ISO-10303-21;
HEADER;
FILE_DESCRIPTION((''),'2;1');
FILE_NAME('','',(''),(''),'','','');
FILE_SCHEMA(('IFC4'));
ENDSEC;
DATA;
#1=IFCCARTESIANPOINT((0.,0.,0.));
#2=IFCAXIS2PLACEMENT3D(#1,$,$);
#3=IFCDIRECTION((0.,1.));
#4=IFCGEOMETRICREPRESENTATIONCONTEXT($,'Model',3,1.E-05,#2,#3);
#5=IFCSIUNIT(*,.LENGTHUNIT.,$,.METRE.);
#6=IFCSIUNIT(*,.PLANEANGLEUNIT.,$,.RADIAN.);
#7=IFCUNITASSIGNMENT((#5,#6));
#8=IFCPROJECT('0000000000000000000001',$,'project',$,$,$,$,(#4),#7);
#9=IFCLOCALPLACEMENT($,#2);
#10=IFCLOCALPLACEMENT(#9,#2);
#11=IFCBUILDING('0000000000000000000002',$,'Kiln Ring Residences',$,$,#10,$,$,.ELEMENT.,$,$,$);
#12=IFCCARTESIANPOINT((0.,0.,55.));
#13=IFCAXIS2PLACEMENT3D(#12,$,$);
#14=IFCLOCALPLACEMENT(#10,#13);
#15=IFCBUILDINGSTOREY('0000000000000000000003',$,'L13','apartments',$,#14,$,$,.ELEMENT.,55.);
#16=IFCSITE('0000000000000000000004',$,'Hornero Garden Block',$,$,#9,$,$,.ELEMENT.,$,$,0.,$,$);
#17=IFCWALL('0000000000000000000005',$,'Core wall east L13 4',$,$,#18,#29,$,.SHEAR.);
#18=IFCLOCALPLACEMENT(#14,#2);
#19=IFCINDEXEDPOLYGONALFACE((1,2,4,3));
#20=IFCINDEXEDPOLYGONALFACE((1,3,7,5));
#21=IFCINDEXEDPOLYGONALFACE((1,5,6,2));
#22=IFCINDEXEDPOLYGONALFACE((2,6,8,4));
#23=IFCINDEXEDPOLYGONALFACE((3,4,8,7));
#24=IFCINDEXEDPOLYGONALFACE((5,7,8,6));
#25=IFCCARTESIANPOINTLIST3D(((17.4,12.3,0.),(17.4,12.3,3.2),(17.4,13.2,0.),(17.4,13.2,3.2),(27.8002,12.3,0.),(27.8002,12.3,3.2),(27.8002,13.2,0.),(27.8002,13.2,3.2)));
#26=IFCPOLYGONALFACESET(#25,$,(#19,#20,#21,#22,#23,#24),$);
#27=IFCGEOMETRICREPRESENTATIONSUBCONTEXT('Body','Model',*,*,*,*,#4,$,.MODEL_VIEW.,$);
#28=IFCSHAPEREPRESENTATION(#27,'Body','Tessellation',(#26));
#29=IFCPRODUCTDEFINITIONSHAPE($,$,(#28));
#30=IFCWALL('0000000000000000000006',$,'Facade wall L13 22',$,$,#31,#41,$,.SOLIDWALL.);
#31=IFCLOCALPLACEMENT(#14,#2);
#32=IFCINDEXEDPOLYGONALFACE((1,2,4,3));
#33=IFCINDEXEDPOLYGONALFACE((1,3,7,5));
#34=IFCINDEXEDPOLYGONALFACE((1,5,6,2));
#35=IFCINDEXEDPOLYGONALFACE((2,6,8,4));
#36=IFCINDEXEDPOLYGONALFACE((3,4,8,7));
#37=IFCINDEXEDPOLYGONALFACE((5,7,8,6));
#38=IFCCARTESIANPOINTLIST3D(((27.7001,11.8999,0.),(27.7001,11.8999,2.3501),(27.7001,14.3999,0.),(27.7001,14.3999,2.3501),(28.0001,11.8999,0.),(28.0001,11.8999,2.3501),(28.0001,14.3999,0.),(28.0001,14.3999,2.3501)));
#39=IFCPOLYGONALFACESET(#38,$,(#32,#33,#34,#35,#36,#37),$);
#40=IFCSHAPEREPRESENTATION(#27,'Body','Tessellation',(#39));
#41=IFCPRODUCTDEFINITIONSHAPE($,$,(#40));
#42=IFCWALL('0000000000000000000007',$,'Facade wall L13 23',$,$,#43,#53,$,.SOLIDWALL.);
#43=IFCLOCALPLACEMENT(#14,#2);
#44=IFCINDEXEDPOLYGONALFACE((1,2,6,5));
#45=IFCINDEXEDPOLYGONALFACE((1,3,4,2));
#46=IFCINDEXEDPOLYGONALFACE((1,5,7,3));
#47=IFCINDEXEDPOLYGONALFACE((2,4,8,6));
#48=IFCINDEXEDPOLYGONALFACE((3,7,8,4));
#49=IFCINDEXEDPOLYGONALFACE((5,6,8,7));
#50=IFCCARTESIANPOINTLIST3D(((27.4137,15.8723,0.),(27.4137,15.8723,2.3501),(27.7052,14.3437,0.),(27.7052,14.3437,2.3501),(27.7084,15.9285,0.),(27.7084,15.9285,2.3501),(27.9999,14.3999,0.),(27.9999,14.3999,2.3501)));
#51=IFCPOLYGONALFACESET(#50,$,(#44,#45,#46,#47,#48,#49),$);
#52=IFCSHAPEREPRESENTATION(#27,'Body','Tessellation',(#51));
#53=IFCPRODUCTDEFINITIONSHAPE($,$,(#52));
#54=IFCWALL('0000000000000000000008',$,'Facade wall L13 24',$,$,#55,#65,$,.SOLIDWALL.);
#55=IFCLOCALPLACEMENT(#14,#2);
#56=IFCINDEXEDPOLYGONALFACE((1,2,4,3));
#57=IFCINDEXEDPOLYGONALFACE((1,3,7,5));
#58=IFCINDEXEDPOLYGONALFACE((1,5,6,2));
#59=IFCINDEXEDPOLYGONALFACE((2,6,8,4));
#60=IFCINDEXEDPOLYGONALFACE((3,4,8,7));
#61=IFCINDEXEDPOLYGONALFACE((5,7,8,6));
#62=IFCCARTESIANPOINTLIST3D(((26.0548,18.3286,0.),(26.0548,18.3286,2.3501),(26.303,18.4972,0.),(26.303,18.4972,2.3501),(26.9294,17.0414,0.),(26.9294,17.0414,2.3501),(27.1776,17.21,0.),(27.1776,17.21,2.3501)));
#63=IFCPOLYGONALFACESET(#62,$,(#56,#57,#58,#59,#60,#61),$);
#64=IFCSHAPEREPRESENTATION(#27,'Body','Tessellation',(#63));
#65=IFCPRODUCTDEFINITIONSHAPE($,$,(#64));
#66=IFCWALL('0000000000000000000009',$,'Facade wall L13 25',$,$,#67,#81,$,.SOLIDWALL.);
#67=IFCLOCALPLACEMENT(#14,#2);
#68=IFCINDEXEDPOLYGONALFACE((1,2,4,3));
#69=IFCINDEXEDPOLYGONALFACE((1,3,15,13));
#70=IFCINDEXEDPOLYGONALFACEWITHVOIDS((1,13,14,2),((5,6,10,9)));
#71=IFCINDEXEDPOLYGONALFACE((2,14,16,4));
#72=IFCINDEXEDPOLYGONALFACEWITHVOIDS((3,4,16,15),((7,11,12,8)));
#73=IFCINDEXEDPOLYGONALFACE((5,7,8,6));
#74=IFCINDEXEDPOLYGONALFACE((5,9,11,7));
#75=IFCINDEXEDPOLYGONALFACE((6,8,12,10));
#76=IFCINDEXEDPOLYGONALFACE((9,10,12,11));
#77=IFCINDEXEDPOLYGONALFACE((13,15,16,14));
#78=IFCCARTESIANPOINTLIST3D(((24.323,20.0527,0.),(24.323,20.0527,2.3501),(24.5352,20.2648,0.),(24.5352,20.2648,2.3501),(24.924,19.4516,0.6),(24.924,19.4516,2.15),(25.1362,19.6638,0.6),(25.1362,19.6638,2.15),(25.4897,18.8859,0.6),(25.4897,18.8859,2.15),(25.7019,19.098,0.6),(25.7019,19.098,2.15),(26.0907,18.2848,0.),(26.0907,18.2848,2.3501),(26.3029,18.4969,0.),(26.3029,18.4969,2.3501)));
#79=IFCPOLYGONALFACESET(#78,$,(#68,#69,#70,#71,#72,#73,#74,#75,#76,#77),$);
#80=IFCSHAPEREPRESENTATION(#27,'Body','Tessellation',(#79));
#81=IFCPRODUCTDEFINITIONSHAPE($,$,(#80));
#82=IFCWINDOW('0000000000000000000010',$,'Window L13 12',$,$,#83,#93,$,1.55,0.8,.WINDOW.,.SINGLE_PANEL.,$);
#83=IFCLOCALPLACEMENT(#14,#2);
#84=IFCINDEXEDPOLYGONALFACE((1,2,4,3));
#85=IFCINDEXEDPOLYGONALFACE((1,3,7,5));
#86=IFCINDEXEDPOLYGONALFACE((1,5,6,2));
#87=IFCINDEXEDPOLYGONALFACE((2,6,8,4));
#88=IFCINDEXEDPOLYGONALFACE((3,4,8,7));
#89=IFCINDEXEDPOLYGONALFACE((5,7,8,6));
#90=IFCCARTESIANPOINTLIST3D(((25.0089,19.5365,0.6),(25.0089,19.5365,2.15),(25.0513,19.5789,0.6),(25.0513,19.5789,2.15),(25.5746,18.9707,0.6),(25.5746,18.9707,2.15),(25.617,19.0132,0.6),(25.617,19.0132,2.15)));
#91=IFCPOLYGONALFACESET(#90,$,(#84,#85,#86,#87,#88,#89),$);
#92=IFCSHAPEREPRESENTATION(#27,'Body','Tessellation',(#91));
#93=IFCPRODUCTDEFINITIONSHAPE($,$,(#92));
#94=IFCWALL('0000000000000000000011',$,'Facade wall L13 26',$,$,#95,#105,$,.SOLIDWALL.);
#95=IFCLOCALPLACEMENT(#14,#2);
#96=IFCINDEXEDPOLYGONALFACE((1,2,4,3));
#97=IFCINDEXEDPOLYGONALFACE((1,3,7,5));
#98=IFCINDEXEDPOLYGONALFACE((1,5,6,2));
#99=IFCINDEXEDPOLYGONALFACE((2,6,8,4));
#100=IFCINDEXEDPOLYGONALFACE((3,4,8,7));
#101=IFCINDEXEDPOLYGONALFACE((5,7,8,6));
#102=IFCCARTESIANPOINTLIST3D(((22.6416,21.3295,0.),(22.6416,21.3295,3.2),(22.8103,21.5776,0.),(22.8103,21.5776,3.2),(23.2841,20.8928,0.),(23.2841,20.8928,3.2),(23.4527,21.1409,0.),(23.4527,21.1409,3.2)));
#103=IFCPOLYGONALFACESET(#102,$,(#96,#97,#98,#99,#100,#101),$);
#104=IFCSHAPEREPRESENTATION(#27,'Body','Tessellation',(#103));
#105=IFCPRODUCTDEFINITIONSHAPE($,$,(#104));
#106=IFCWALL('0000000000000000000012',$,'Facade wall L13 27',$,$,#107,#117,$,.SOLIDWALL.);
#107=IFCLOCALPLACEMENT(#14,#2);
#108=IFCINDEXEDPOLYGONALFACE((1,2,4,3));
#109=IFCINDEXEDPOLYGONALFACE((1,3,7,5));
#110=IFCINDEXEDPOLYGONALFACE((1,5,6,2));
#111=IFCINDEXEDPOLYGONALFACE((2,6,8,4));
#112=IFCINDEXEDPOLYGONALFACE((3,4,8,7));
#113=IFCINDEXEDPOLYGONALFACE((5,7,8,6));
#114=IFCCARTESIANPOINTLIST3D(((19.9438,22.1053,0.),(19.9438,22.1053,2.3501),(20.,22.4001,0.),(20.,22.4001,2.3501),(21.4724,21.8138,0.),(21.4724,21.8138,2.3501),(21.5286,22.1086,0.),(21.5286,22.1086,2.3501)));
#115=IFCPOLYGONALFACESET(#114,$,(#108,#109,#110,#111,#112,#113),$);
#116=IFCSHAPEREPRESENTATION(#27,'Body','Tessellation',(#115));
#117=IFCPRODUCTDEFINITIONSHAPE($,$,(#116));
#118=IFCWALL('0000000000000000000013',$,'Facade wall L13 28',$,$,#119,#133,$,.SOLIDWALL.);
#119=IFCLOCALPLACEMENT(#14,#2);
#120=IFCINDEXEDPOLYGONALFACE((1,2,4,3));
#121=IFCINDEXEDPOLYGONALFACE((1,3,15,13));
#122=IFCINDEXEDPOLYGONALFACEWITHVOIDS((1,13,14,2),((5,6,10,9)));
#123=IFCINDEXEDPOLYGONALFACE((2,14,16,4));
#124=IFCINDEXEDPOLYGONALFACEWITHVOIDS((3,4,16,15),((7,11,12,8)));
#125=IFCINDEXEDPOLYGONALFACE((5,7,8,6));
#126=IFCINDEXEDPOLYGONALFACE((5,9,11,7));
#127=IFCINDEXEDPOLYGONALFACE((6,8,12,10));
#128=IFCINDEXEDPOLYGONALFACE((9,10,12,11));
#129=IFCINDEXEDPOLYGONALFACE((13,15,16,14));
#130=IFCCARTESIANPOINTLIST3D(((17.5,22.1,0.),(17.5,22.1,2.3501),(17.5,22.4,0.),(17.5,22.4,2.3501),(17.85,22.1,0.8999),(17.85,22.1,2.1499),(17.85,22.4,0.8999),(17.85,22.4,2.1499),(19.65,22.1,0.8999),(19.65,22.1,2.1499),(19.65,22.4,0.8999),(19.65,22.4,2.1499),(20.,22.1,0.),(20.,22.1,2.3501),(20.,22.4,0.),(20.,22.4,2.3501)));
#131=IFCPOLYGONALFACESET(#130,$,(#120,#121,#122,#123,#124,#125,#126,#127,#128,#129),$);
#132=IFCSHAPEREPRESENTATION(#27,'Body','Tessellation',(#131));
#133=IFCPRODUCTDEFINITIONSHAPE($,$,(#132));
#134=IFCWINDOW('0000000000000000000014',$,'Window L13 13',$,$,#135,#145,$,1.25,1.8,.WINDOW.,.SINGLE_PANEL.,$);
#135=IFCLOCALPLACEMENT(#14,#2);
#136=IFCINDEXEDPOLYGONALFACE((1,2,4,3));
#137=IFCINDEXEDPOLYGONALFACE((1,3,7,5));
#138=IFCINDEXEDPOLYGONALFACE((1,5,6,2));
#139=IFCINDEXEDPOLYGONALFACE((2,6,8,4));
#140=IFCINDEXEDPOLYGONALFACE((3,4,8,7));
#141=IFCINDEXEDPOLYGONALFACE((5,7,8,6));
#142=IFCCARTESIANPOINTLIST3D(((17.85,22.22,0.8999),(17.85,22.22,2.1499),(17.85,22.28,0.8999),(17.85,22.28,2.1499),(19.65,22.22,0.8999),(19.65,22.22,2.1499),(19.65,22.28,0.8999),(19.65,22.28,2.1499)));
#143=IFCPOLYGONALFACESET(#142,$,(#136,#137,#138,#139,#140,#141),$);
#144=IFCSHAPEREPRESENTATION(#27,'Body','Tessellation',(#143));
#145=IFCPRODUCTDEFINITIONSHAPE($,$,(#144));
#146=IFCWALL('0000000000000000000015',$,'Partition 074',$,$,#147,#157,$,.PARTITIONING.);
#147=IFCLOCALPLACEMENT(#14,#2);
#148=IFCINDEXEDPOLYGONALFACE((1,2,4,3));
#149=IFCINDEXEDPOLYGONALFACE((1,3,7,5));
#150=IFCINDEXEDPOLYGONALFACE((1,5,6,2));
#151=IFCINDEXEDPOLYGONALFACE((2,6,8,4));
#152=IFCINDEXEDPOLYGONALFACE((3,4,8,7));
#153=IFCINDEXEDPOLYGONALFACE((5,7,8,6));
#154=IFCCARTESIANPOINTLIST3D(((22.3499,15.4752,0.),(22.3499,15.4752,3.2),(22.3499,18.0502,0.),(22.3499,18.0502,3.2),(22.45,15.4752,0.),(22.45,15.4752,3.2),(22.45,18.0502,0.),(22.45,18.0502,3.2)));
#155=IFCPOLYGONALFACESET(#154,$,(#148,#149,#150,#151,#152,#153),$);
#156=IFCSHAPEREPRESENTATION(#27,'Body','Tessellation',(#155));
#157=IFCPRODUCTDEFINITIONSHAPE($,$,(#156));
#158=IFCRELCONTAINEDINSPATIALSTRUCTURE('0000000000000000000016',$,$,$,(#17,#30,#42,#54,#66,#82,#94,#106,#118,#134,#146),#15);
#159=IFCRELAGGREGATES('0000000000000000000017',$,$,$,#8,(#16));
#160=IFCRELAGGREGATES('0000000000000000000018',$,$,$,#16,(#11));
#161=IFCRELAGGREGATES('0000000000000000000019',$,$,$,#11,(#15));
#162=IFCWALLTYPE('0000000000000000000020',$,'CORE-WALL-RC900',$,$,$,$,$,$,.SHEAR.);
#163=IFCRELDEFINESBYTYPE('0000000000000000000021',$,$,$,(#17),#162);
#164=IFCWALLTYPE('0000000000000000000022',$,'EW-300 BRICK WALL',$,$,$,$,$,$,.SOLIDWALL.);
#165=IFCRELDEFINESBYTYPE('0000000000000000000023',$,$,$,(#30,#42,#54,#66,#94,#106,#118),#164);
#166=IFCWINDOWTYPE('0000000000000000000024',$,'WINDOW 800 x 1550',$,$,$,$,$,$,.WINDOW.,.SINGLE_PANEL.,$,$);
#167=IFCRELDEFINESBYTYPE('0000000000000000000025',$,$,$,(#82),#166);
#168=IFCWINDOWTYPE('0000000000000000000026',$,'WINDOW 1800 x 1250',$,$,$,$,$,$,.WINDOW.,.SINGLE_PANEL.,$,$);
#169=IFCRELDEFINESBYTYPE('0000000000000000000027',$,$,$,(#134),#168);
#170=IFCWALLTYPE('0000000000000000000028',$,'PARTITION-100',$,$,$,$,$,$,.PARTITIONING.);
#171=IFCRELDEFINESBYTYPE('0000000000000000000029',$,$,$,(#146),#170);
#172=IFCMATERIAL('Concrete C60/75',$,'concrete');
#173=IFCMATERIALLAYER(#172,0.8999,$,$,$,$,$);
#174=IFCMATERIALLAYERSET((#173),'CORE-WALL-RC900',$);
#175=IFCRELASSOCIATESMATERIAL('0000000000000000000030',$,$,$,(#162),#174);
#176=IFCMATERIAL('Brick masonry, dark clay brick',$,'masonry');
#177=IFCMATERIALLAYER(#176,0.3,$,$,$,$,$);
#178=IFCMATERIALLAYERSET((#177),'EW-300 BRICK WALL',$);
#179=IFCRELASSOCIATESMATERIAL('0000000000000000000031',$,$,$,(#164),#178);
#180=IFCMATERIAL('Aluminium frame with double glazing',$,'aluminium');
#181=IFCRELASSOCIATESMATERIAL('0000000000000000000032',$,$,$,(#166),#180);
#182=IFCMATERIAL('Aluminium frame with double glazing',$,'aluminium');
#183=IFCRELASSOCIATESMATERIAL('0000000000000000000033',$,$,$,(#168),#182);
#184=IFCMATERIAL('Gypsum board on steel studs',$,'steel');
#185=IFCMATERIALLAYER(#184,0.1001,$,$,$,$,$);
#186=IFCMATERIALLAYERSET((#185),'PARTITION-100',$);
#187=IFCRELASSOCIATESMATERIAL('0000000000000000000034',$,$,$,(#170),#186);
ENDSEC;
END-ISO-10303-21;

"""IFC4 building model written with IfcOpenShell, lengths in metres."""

from ifc_helpers import new_model, si_unit, direction, frame, frame_2d, origin, place, context, subcontext, project, spatial, rectangle, extrude, material, layer, layer_set, type_object, element, fill, save


model = new_model("IFC4")

# Units and contexts
model_context = context("Model", 3, precision=1e-05, world=origin(), true_north=direction((0.0, 1.0)))
body_context = subcontext(model_context, "Body", "Model", "MODEL_VIEW")
ifc_project = project(units=[si_unit("LENGTHUNIT", "METRE"), si_unit("PLANEANGLEUNIT", "RADIAN")], contexts=[model_context])

# Site, building, storey
site_placement = place(None, origin())
site = spatial("IfcSite", under=ifc_project, at=site_placement, Name="Hornero Garden Block", CompositionType="ELEMENT", RefElevation=0.0)
building_placement = place(site_placement, origin())
building = spatial("IfcBuilding", under=site, at=building_placement, Name="Kiln Ring Residences", CompositionType="ELEMENT")
storey_placement = place(building_placement, frame((0.0, 0.0, 55.0)))
storey = spatial("IfcBuildingStorey", under=building, at=storey_placement, Name="L13", Description="apartments", CompositionType="ELEMENT", Elevation=55.0)

# Walls
ifc_material_1 = material(Name="Concrete C60/75", Category="concrete")
ifc_layer_1 = layer(ifc_material_1, 0.8999)
ifc_layer_set_1 = layer_set([ifc_layer_1], Name="CORE-WALL-RC900")
wall_type_1 = type_object("IfcWallType", Name="CORE-WALL-RC900", PredefinedType="SHEAR", material=ifc_layer_set_1)
wall_1_placement = place(storey_placement, frame((17.3999, 12.75, 0.0), z_axis=(0.0, 0.0, 1.0), x_axis=(1.0, 0.0, 0.0)))
element("IfcWall", 1, at=wall_1_placement, inside=storey, type_object=wall_type_1, Name="Core wall east L13 4", PredefinedType="SHEAR", context=body_context, shape_type="SweptSolid", body=[
    extrude(rectangle(XDim=10.4001, YDim=0.8999, at=frame_2d((5.2002, 0.0))), origin(), (0.0, 0.0, 1.0), 3.2),
])
ifc_material_2 = material(Name="Brick masonry, dark clay brick", Category="masonry")
ifc_layer_2 = layer(ifc_material_2, 0.3)
ifc_layer_set_2 = layer_set([ifc_layer_2], Name="EW-300 BRICK WALL")
wall_type_2 = type_object("IfcWallType", Name="EW-300 BRICK WALL", PredefinedType="SOLIDWALL", material=ifc_layer_set_2)
wall_2_placement = place(storey_placement, frame((27.8501, 11.8999, 0.0), z_axis=(0.0, 0.0, 1.0), x_axis=(0.0, 1.0, 0.0)))
element("IfcWall", 2, at=wall_2_placement, inside=storey, type_object=wall_type_2, Name="Facade wall L13 22", PredefinedType="SOLIDWALL", context=body_context, shape_type="SweptSolid", body=[
    extrude(rectangle(XDim=2.5, YDim=0.3, at=frame_2d((1.25, 0.0))), origin(), (0.0, 0.0, 1.0), 2.3501),
])
for number, where, z_axis, x_axis, name in (
    (3, (27.8525, 14.3718, 0.0), (0.0, 0.0, 1.0), (-0.187328, 0.982297, 0.0), "Facade wall L13 23"),
    (4, (27.0535, 17.1257, 0.0), (0.0, 0.0, 1.0), (-0.561992, 0.827142, 0.0), "Facade wall L13 24"),
):
    element("IfcWall", number, at=place(storey_placement, frame(where, z_axis=z_axis, x_axis=x_axis)), inside=storey, type_object=wall_type_2, Name=name, PredefinedType="SOLIDWALL", context=body_context, shape_type="SweptSolid", body=[
        extrude(rectangle(XDim=1.5562, YDim=0.3, at=frame_2d((0.7781, 0.0))), origin(), (0.0, 0.0, 1.0), 2.3501),
    ])

# Wall, opening, window
wall_3_placement = place(storey_placement, frame((26.1968, 18.3909, 0.0), z_axis=(0.0, 0.0, 1.0), x_axis=(-0.707058, 0.707156, 0.0)))
wall_3 = element("IfcWall", 5, at=wall_3_placement, inside=storey, type_object=wall_type_2, Name="Facade wall L13 25", PredefinedType="SOLIDWALL", context=body_context, shape_type="SweptSolid", body=[
    extrude(rectangle(XDim=2.5, YDim=0.3, at=frame_2d((1.25, 0.0))), origin(), (0.0, 0.0, 1.0), 2.3501),
])
opening_1_placement = place(wall_3_placement, frame((0.8501, 0.0, 0.6001)))
opening_1 = element("IfcOpeningElement", 6, at=opening_1_placement, cuts=wall_3, PredefinedType="OPENING", context=body_context, shape_type="SweptSolid", body=[
    extrude(rectangle(XDim=0.8, YDim=1.55, at=frame_2d((0.3999, 0.7749))), frame((0.0, 0.1599, 0.0), z_axis=(0.0, -1.0, 0.0), x_axis=(1.0, 0.0, 0.0)), (0.0, 0.0, 1.0), 0.3201),
])
ifc_material_3 = material(Name="Aluminium frame with double glazing", Category="aluminium")
window_type_1 = type_object("IfcWindowType", Name="WINDOW 800 x 1550", PartitioningType="SINGLE_PANEL", PredefinedType="WINDOW", material=ifc_material_3)
window_1_placement = place(opening_1_placement, origin())
window_1 = element("IfcWindow", 7, at=window_1_placement, inside=storey, type_object=window_type_1, Name="Window L13 12", OverallHeight=1.55, OverallWidth=0.8, PartitioningType="SINGLE_PANEL", PredefinedType="WINDOW", context=body_context, shape_type="SweptSolid", body=[
    extrude(rectangle(XDim=0.8, YDim=1.55, at=frame_2d((0.3999, 0.7749))), frame((0.0, 0.03, 0.0), z_axis=(0.0, -1.0, 0.0), x_axis=(1.0, 0.0, 0.0)), (0.0, 0.0, 1.0), 0.0601),
])
fill(opening_1, window_1)

# Walls
wall_4_placement = place(storey_placement, frame((23.3684, 21.0168, 0.0), z_axis=(0.0, 0.0, 1.0), x_axis=(-0.827038, 0.562147, 0.0)))
element("IfcWall", 8, at=wall_4_placement, inside=storey, type_object=wall_type_2, Name="Facade wall L13 26", PredefinedType="SOLIDWALL", context=body_context, shape_type="SweptSolid", body=[
    extrude(rectangle(XDim=0.7769, YDim=0.3, at=frame_2d((0.3884, 0.0))), origin(), (0.0, 0.0, 1.0), 3.2),
])
wall_5_placement = place(storey_placement, frame((21.5005, 21.9612, 0.0), z_axis=(0.0, 0.0, 1.0), x_axis=(-0.982297, 0.187328, 0.0)))
element("IfcWall", 9, at=wall_5_placement, inside=storey, type_object=wall_type_2, Name="Facade wall L13 27", PredefinedType="SOLIDWALL", context=body_context, shape_type="SweptSolid", body=[
    extrude(rectangle(XDim=1.5562, YDim=0.3, at=frame_2d((0.7781, 0.0))), origin(), (0.0, 0.0, 1.0), 2.3501),
])

# Wall, opening, window
wall_6_placement = place(storey_placement, frame((20.0, 22.25, 0.0), z_axis=(0.0, 0.0, 1.0), x_axis=(-1.0, 0.0, 0.0)))
wall_6 = element("IfcWall", 10, at=wall_6_placement, inside=storey, type_object=wall_type_2, Name="Facade wall L13 28", PredefinedType="SOLIDWALL", context=body_context, shape_type="SweptSolid", body=[
    extrude(rectangle(XDim=2.5, YDim=0.3, at=frame_2d((1.25, 0.0))), origin(), (0.0, 0.0, 1.0), 2.3501),
])
opening_2_placement = place(wall_6_placement, frame((0.3501, 0.0, 0.8999)))
opening_2 = element("IfcOpeningElement", 11, at=opening_2_placement, cuts=wall_6, PredefinedType="OPENING", context=body_context, shape_type="SweptSolid", body=[
    extrude(rectangle(XDim=1.8, YDim=1.25, at=frame_2d((0.8999, 0.625))), frame((0.0, 0.1599, 0.0), z_axis=(0.0, -1.0, 0.0), x_axis=(1.0, 0.0, 0.0)), (0.0, 0.0, 1.0), 0.3201),
])
ifc_material_4 = material(Name="Aluminium frame with double glazing", Category="aluminium")
window_type_2 = type_object("IfcWindowType", Name="WINDOW 1800 x 1250", PartitioningType="SINGLE_PANEL", PredefinedType="WINDOW", material=ifc_material_4)
window_2_placement = place(opening_2_placement, origin())
window_2 = element("IfcWindow", 12, at=window_2_placement, inside=storey, type_object=window_type_2, Name="Window L13 13", OverallHeight=1.25, OverallWidth=1.8, PartitioningType="SINGLE_PANEL", PredefinedType="WINDOW", context=body_context, shape_type="SweptSolid", body=[
    extrude(rectangle(XDim=1.8, YDim=1.25, at=frame_2d((0.8999, 0.625))), frame((0.0, 0.03, 0.0), z_axis=(0.0, -1.0, 0.0), x_axis=(1.0, 0.0, 0.0)), (0.0, 0.0, 1.0), 0.0601),
])
fill(opening_2, window_2)

# Wall
ifc_material_5 = material(Name="Gypsum board on steel studs", Category="steel")
ifc_layer_3 = layer(ifc_material_5, 0.1001)
ifc_layer_set_3 = layer_set([ifc_layer_3], Name="PARTITION-100")
wall_type_3 = type_object("IfcWallType", Name="PARTITION-100", PredefinedType="PARTITIONING", material=ifc_layer_set_3)
wall_7_placement = place(storey_placement, frame((22.3999, 15.4751, 0.0), z_axis=(0.0, 0.0, 1.0), x_axis=(0.0, 1.0, 0.0)))
element("IfcWall", 13, at=wall_7_placement, inside=storey, type_object=wall_type_3, Name="Partition 074", PredefinedType="PARTITIONING", context=body_context, shape_type="SweptSolid", body=[
    extrude(rectangle(XDim=2.575, YDim=0.1001, at=frame_2d((1.2876, 0.0))), origin(), (0.0, 0.0, 1.0), 3.2),
])

save(model, "model.ifc")
